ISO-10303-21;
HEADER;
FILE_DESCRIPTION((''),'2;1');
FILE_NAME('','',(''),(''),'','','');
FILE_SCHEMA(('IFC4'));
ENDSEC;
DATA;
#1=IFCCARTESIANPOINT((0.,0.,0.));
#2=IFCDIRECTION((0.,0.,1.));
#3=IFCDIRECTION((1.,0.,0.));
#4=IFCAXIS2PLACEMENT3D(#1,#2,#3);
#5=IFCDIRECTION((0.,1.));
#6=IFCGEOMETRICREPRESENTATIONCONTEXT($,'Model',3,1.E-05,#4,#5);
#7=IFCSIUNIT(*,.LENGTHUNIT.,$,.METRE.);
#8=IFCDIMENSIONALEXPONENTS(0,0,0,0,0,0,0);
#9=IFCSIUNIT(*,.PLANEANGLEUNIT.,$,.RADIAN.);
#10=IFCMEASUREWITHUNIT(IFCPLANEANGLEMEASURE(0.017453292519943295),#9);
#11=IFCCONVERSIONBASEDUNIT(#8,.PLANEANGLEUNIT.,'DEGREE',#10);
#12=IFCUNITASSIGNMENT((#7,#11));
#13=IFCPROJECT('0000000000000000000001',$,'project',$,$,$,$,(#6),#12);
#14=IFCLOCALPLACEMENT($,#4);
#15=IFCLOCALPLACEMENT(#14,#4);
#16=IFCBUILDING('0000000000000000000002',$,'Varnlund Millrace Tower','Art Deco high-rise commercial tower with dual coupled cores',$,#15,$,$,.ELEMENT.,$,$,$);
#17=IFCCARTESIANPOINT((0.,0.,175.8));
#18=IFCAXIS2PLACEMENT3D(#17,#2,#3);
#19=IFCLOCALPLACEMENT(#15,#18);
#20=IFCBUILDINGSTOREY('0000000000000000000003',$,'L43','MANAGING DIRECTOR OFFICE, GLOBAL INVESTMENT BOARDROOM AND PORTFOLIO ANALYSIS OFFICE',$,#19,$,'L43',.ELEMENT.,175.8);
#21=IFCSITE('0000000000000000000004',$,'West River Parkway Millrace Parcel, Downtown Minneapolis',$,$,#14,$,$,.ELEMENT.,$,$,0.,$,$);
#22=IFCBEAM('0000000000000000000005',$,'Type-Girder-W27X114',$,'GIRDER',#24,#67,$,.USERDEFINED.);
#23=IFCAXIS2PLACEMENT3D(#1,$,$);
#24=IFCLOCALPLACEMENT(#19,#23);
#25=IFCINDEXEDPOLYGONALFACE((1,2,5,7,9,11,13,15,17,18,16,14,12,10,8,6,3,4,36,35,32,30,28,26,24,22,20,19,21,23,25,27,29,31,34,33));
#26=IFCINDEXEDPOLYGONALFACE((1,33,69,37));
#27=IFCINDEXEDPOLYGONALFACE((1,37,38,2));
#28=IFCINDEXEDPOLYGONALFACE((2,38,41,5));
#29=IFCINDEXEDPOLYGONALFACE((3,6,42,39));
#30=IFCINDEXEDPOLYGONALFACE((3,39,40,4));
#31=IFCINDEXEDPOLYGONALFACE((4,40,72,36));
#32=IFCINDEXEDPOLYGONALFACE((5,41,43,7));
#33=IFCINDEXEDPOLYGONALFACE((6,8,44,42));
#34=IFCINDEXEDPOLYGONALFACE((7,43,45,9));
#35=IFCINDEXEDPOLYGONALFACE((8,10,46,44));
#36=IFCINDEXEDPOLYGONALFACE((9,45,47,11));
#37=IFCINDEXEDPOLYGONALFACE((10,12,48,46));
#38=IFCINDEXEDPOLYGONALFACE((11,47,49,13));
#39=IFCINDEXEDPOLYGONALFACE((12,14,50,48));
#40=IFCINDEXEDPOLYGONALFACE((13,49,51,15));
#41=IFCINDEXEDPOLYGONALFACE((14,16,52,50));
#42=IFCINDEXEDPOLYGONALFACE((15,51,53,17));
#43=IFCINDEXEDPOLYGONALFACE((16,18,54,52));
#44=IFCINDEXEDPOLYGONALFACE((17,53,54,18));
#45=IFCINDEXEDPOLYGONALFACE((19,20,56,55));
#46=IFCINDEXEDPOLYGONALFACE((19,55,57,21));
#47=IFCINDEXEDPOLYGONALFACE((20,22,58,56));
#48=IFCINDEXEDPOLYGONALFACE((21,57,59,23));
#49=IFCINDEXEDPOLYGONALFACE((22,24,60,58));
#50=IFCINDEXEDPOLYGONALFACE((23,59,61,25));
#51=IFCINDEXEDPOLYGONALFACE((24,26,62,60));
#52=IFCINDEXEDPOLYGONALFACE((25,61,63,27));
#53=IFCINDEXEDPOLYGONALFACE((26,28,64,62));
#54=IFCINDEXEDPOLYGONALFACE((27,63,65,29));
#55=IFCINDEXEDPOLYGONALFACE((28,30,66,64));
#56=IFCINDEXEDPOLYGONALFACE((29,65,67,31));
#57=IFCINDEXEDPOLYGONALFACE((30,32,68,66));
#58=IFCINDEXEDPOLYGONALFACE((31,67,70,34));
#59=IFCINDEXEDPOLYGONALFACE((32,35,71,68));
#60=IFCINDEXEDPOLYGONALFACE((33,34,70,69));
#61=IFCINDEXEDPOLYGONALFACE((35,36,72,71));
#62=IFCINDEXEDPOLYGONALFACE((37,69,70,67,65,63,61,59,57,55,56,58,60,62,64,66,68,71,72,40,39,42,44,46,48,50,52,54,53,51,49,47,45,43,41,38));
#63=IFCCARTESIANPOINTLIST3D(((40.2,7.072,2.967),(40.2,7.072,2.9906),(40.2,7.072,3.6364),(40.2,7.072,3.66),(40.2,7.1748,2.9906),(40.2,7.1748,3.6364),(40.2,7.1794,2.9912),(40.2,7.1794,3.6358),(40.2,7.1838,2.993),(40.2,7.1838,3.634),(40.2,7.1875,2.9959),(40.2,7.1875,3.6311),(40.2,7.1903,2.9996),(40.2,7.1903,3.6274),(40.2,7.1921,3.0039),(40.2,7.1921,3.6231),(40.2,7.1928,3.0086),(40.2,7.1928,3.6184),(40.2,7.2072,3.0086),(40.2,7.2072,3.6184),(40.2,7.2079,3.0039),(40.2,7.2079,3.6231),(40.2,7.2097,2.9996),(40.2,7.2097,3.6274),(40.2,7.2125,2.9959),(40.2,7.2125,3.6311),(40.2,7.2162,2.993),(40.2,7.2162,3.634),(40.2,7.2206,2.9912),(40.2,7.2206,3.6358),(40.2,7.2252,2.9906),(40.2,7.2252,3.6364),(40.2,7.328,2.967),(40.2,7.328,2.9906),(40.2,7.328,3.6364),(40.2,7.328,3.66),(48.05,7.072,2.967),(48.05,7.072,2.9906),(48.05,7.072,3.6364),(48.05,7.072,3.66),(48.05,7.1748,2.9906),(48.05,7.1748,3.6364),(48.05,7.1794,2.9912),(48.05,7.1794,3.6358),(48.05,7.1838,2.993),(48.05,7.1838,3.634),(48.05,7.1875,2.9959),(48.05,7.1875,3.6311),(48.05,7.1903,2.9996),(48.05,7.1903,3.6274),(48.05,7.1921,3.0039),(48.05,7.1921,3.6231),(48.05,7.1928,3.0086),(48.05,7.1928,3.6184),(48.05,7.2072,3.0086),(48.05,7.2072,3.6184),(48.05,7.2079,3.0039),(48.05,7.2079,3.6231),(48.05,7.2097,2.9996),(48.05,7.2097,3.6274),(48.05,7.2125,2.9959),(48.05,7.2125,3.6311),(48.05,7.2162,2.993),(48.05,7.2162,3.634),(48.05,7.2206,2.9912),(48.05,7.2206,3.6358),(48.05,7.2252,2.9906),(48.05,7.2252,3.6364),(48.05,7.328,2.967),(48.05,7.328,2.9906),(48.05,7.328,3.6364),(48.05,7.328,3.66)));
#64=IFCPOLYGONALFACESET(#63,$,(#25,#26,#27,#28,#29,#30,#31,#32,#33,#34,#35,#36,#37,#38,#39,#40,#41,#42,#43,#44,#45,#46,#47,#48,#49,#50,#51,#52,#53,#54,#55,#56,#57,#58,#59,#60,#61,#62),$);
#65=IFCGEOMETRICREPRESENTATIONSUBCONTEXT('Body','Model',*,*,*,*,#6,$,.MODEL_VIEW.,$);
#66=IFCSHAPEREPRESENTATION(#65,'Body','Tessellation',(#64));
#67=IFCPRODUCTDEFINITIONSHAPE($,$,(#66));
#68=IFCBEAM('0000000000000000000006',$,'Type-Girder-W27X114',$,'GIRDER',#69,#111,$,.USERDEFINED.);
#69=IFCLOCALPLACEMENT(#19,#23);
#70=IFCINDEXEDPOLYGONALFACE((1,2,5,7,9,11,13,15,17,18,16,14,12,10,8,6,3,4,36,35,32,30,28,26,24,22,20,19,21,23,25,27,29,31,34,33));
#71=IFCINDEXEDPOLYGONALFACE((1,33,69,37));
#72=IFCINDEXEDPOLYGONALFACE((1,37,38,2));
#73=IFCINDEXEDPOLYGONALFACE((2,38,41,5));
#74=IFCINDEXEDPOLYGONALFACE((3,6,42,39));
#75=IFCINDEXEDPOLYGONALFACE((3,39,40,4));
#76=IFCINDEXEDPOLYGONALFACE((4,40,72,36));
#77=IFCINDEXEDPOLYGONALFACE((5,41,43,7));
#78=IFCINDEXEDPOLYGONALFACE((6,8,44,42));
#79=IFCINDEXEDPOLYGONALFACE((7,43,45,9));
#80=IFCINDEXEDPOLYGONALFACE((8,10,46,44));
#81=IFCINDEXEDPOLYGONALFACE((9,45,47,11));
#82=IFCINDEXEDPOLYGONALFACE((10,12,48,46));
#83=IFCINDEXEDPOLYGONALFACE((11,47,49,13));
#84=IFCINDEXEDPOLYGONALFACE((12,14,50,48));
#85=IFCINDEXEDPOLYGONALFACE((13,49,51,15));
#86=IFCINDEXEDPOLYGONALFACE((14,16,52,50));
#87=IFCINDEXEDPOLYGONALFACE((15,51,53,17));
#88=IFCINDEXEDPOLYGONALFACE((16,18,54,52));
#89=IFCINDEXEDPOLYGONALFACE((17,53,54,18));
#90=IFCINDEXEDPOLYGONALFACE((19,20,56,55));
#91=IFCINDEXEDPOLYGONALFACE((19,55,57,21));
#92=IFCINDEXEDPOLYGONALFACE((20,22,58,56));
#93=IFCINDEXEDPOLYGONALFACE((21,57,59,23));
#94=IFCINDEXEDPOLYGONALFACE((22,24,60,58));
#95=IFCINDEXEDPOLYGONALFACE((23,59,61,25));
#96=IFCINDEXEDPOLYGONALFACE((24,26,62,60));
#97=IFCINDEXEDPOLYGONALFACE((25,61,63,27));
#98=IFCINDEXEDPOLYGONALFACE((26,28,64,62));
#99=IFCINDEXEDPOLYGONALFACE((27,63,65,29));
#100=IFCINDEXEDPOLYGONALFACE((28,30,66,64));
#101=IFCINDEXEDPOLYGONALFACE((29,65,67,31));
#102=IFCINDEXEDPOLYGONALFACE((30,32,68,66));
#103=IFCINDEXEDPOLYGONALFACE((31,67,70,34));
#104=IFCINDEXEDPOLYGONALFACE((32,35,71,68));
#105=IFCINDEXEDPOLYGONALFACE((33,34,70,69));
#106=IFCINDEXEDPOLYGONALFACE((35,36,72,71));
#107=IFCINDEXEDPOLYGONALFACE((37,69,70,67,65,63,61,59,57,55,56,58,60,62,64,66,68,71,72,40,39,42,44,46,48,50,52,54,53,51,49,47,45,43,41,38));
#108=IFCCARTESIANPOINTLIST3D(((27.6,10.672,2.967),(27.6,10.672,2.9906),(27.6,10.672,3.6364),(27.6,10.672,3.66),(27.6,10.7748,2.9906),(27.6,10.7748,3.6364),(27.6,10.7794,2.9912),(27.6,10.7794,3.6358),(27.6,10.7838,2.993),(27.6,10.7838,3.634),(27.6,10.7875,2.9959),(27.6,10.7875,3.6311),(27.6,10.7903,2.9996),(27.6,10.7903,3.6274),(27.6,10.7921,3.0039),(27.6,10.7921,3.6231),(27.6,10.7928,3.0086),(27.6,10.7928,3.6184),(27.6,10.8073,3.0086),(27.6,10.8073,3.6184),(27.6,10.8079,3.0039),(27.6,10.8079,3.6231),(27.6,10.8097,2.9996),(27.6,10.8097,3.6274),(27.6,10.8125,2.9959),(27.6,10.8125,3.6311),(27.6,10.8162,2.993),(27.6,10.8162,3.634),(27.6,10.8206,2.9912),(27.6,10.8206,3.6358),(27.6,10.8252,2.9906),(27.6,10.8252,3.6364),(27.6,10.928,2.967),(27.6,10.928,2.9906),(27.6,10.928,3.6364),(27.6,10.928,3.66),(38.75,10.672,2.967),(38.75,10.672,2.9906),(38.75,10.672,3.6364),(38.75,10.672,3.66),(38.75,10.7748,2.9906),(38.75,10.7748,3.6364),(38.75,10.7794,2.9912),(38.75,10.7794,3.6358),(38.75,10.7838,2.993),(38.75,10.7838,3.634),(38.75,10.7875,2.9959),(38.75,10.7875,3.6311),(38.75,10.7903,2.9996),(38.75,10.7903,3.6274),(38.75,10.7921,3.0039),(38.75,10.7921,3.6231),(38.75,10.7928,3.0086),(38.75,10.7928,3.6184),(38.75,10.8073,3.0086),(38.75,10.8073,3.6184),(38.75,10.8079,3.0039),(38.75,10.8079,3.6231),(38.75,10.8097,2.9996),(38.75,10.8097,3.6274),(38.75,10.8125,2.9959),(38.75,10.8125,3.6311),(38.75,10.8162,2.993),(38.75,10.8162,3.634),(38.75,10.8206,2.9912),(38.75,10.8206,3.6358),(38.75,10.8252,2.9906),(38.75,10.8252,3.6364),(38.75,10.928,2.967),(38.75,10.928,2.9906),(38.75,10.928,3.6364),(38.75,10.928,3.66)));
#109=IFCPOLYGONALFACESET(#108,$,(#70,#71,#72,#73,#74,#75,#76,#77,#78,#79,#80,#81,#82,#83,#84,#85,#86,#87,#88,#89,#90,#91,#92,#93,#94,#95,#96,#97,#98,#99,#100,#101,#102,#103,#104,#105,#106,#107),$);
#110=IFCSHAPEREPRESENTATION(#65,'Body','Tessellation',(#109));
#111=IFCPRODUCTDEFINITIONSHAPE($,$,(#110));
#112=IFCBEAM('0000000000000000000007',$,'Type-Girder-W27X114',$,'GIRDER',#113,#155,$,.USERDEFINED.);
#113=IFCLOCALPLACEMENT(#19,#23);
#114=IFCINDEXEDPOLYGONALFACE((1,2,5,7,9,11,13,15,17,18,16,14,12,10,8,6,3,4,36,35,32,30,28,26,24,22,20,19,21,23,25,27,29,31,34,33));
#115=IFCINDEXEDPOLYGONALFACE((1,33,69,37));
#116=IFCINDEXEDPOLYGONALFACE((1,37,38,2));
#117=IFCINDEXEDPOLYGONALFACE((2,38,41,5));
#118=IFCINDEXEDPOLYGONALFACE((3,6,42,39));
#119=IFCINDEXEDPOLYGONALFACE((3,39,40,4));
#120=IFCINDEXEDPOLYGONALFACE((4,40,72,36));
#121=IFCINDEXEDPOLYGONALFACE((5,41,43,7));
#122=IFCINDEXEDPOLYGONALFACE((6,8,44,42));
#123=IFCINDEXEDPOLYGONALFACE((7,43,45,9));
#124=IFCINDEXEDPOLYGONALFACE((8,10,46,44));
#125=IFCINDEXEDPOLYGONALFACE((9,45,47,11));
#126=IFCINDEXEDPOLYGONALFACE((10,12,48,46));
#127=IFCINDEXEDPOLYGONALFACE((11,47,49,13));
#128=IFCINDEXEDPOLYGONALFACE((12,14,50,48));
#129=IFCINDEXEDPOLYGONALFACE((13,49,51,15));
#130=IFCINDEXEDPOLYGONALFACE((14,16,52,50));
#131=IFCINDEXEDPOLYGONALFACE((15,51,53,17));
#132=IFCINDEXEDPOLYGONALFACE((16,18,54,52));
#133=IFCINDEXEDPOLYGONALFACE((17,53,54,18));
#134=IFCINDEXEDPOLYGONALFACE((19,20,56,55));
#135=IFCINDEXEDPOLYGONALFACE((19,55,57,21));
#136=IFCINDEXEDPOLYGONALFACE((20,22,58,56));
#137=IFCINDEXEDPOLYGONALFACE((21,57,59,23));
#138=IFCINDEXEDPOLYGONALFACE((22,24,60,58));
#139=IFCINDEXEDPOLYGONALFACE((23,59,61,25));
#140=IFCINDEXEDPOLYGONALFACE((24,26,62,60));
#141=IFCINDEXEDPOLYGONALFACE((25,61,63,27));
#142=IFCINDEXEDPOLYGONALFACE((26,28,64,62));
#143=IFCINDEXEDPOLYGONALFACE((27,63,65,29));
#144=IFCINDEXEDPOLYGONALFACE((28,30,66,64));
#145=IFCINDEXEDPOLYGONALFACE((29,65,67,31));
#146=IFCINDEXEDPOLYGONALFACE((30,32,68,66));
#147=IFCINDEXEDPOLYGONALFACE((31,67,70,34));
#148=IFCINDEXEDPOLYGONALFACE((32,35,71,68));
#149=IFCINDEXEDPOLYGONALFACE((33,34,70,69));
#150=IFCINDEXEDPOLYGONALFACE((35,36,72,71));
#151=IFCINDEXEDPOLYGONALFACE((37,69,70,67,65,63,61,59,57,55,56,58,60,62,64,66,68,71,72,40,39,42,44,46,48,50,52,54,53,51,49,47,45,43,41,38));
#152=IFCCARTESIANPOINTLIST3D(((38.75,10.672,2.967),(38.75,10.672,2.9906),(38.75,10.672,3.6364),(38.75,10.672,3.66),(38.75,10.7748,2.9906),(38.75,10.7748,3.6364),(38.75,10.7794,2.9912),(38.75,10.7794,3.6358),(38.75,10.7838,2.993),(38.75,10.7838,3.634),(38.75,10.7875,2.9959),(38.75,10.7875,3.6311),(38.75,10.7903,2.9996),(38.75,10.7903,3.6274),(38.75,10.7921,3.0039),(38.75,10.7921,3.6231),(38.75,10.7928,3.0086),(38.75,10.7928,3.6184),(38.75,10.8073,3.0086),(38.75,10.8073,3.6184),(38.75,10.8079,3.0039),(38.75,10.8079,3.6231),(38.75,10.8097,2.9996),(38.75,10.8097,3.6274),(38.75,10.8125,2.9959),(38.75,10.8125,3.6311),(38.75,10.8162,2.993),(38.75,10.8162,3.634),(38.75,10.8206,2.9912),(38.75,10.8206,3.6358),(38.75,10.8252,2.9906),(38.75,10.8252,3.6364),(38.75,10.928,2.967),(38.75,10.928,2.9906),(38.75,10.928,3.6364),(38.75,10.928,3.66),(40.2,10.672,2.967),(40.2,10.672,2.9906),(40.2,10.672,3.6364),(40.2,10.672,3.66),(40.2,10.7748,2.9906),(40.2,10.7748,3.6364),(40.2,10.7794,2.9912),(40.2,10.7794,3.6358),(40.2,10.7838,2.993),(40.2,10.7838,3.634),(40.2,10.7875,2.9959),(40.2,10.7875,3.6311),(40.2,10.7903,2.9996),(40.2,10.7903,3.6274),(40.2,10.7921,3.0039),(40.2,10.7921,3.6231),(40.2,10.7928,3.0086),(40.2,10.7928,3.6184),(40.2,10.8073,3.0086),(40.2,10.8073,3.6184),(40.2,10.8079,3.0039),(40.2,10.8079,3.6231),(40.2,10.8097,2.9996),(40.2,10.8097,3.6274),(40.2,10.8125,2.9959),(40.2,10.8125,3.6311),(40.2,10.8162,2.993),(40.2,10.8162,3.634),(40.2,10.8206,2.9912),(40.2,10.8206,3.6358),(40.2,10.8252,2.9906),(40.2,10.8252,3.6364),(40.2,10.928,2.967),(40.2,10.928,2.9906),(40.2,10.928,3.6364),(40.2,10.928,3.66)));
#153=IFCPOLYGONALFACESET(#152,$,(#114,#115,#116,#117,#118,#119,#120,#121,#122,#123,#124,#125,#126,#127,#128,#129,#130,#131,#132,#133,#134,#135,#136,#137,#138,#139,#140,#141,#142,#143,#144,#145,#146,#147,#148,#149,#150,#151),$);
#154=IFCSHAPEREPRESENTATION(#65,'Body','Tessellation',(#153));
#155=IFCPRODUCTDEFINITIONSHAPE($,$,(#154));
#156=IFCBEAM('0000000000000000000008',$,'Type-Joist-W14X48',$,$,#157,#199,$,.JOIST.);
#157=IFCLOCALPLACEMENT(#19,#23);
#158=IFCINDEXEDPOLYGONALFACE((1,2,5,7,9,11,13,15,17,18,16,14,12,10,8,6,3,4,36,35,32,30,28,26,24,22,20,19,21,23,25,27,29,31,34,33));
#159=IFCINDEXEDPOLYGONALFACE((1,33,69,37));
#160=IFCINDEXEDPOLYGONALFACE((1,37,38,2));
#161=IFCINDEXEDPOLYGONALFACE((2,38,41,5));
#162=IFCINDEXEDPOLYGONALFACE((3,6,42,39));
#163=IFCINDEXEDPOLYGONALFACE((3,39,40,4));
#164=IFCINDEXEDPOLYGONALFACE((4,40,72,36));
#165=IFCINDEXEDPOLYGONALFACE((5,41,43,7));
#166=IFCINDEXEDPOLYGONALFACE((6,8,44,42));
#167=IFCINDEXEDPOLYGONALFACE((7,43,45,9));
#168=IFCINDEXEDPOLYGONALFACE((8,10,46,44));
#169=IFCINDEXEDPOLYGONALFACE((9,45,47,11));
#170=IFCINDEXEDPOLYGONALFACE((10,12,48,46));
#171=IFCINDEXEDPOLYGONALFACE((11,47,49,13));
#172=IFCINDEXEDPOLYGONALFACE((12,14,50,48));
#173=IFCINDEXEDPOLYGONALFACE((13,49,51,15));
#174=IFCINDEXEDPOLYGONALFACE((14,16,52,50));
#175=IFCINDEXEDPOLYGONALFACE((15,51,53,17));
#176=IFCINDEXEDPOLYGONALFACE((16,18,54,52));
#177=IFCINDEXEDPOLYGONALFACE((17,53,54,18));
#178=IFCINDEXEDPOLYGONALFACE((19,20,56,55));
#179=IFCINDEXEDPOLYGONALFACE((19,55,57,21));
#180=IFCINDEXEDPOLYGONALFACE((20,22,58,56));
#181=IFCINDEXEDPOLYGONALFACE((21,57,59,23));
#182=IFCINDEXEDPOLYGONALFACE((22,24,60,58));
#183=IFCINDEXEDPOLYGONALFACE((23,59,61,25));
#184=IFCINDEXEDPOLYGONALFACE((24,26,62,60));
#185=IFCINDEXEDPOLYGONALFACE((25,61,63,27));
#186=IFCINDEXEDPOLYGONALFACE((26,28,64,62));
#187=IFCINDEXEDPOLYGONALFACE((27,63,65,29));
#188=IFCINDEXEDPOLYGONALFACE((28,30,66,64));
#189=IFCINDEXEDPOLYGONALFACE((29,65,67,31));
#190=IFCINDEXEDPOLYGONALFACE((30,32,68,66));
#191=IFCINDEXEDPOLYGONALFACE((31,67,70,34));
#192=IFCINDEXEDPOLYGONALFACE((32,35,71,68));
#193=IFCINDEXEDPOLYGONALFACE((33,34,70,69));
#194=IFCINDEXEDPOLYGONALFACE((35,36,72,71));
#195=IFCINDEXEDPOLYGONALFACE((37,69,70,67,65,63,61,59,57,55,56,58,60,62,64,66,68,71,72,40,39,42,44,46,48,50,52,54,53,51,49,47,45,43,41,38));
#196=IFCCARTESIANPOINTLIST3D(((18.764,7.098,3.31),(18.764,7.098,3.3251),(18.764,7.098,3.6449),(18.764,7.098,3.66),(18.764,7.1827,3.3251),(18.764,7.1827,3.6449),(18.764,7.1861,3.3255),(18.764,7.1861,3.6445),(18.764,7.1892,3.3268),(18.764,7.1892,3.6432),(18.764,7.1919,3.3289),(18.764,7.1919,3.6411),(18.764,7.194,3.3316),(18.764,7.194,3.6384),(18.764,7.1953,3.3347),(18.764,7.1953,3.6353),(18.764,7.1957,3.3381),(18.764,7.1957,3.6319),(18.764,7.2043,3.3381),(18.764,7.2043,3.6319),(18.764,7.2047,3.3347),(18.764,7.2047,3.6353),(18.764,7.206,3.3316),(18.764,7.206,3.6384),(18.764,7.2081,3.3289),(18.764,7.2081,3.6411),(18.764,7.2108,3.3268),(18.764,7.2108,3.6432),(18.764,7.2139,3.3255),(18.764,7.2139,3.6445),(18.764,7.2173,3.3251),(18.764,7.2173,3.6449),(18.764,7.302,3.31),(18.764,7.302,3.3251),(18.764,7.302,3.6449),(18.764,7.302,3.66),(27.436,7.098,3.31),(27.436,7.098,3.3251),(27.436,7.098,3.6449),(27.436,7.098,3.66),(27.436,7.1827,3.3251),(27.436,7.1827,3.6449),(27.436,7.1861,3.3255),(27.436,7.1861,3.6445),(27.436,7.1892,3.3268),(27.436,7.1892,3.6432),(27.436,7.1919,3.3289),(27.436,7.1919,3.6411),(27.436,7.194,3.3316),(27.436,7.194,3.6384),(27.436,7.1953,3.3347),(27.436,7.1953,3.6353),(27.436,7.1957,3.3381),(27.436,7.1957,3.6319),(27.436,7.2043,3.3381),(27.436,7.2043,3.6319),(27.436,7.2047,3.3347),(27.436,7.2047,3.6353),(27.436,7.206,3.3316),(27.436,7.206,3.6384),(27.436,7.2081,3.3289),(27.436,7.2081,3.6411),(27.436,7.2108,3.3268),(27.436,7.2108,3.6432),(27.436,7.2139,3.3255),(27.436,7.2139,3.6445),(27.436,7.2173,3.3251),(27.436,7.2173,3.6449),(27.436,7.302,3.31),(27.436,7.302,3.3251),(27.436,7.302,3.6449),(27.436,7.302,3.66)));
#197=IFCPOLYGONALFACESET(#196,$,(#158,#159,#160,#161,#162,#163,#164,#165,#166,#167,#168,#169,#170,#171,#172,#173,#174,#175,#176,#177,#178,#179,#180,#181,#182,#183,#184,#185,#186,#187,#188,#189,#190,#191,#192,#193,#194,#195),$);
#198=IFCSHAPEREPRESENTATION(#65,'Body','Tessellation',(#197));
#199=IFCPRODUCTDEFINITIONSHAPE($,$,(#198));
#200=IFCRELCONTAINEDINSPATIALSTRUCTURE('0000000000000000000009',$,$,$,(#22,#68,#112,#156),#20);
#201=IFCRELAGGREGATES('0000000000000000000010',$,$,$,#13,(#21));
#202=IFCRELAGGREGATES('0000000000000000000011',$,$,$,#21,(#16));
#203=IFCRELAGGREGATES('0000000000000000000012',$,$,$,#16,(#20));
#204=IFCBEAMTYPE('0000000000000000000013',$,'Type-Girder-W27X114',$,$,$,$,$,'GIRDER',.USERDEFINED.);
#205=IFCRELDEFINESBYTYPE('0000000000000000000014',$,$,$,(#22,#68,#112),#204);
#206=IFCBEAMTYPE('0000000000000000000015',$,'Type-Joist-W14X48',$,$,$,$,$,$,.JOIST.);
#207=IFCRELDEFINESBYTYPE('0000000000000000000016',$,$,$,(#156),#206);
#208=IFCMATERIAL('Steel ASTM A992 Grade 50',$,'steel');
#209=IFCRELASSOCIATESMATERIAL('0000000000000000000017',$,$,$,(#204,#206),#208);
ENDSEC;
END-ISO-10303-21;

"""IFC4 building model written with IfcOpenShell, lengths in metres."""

from ifc_helpers import new_model, entity, si_unit, converted_unit, direction, frame, origin_with_axes, origin_2d_with_axis, place, context, subcontext, project, spatial, i_section, extrude, material, material_profile, profile_set, type_object, element, save


model = new_model("IFC4")

# Units and contexts
model_context = context("Model", 3, precision=1e-05, world=origin_with_axes(), true_north=direction((0.0, 1.0)))
body_context = subcontext(model_context, "Body", "Model", "MODEL_VIEW")
ifc_project = project(units=[si_unit("LENGTHUNIT", "METRE"), converted_unit("PLANEANGLEUNIT", "DEGREE", entity("IfcPlaneAngleMeasure", 0.017453292519943295), si_unit("PLANEANGLEUNIT", "RADIAN"), dimensions=[0, 0, 0, 0, 0, 0, 0])], contexts=[model_context])

# Site, building, storey
site_placement = place(None, origin_with_axes())
site = spatial("IfcSite", under=ifc_project, at=site_placement, Name="West River Parkway Millrace Parcel, Downtown Minneapolis", CompositionType="ELEMENT", RefElevation=0.0)
building_placement = place(site_placement, origin_with_axes())
building = spatial("IfcBuilding", under=site, at=building_placement, Name="Varnlund Millrace Tower", Description="Art Deco high-rise commercial tower with dual coupled cores", CompositionType="ELEMENT")
storey_placement = place(building_placement, frame((0.0, 0.0, 175.8), z_axis=(0.0, 0.0, 1.0), x_axis=(1.0, 0.0, 0.0)))
storey = spatial("IfcBuildingStorey", under=building, at=storey_placement, Name="L43", Description="MANAGING DIRECTOR OFFICE, GLOBAL INVESTMENT BOARDROOM AND PORTFOLIO ANALYSIS OFFICE", LongName="L43", CompositionType="ELEMENT", Elevation=175.8)

# Beams
ifc_material_1 = material(Name="Steel ASTM A992 Grade 50", Category="steel")
ifc_material_profile_1 = material_profile(ifc_material_1, i_section(OverallWidth=0.256, OverallDepth=0.693, WebThickness=0.0145, FlangeThickness=0.0236, FilletRadius=0.018, at=origin_2d_with_axis()), Name="Steel ASTM A992 Grade 50")
ifc_profile_set_1 = profile_set([ifc_material_profile_1], Name="Steel ASTM A992 Grade 50")
beam_type_1 = type_object("IfcBeamType", Name="Type-Girder-W27X114", ElementType="GIRDER", PredefinedType="USERDEFINED", material=ifc_profile_set_1)
beam_1_placement = place(storey_placement, frame((40.2, 7.2, 3.3135), z_axis=(1.0, 0.0, 0.0), x_axis=(0.0, 1.0, 0.0)))
element("IfcBeam", 1, at=beam_1_placement, inside=storey, type_object=beam_type_1, Name="Type-Girder-W27X114", ObjectType="GIRDER", PredefinedType="USERDEFINED", context=body_context, shape_type="SweptSolid", body=[
    extrude(i_section(OverallWidth=0.256, OverallDepth=0.693, WebThickness=0.0145, FlangeThickness=0.0236, FilletRadius=0.018, at=origin_2d_with_axis()), origin_with_axes(), (0.0, 0.0, 1.0), 7.85),
])
beam_2_placement = place(storey_placement, frame((27.6, 10.8, 3.3135), z_axis=(1.0, 0.0, 0.0), x_axis=(0.0, 1.0, 0.0)))
element("IfcBeam", 2, at=beam_2_placement, inside=storey, type_object=beam_type_1, Name="Type-Girder-W27X114", ObjectType="GIRDER", PredefinedType="USERDEFINED", context=body_context, shape_type="SweptSolid", body=[
    extrude(i_section(OverallWidth=0.256, OverallDepth=0.693, WebThickness=0.0145, FlangeThickness=0.0236, FilletRadius=0.018, at=origin_2d_with_axis()), origin_with_axes(), (0.0, 0.0, 1.0), 11.15),
])
beam_3_placement = place(storey_placement, frame((38.75, 10.8, 3.3135), z_axis=(1.0, 0.0, 0.0), x_axis=(0.0, 1.0, 0.0)))
element("IfcBeam", 3, at=beam_3_placement, inside=storey, type_object=beam_type_1, Name="Type-Girder-W27X114", ObjectType="GIRDER", PredefinedType="USERDEFINED", context=body_context, shape_type="SweptSolid", body=[
    extrude(i_section(OverallWidth=0.256, OverallDepth=0.693, WebThickness=0.0145, FlangeThickness=0.0236, FilletRadius=0.018, at=origin_2d_with_axis()), origin_with_axes(), (0.0, 0.0, 1.0), 1.45),
])
ifc_material_profile_2 = material_profile(ifc_material_1, i_section(OverallWidth=0.204, OverallDepth=0.35, WebThickness=0.0086, FlangeThickness=0.0151, FilletRadius=0.013, at=origin_2d_with_axis()), Name="Steel ASTM A992 Grade 50")
ifc_profile_set_2 = profile_set([ifc_material_profile_2], Name="Steel ASTM A992 Grade 50")
beam_type_2 = type_object("IfcBeamType", Name="Type-Joist-W14X48", PredefinedType="JOIST", material=ifc_profile_set_2)
for number, where, z_axis, x_axis, name in (
    (4, (18.764, 7.2, 3.485), (1.0, 0.0, 0.0), (0.0, 1.0, 0.0), "Type-Joist-W14X48"),
):
    element("IfcBeam", number, at=place(storey_placement, frame(where, z_axis=z_axis, x_axis=x_axis)), inside=storey, type_object=beam_type_2, Name=name, PredefinedType="JOIST", context=body_context, shape_type="SweptSolid", body=[
        extrude(i_section(OverallWidth=0.204, OverallDepth=0.35, WebThickness=0.0086, FlangeThickness=0.0151, FilletRadius=0.013, at=origin_2d_with_axis()), origin_with_axes(), (0.0, 0.0, 1.0), 8.672),
    ])

save(model, "model.ifc")
